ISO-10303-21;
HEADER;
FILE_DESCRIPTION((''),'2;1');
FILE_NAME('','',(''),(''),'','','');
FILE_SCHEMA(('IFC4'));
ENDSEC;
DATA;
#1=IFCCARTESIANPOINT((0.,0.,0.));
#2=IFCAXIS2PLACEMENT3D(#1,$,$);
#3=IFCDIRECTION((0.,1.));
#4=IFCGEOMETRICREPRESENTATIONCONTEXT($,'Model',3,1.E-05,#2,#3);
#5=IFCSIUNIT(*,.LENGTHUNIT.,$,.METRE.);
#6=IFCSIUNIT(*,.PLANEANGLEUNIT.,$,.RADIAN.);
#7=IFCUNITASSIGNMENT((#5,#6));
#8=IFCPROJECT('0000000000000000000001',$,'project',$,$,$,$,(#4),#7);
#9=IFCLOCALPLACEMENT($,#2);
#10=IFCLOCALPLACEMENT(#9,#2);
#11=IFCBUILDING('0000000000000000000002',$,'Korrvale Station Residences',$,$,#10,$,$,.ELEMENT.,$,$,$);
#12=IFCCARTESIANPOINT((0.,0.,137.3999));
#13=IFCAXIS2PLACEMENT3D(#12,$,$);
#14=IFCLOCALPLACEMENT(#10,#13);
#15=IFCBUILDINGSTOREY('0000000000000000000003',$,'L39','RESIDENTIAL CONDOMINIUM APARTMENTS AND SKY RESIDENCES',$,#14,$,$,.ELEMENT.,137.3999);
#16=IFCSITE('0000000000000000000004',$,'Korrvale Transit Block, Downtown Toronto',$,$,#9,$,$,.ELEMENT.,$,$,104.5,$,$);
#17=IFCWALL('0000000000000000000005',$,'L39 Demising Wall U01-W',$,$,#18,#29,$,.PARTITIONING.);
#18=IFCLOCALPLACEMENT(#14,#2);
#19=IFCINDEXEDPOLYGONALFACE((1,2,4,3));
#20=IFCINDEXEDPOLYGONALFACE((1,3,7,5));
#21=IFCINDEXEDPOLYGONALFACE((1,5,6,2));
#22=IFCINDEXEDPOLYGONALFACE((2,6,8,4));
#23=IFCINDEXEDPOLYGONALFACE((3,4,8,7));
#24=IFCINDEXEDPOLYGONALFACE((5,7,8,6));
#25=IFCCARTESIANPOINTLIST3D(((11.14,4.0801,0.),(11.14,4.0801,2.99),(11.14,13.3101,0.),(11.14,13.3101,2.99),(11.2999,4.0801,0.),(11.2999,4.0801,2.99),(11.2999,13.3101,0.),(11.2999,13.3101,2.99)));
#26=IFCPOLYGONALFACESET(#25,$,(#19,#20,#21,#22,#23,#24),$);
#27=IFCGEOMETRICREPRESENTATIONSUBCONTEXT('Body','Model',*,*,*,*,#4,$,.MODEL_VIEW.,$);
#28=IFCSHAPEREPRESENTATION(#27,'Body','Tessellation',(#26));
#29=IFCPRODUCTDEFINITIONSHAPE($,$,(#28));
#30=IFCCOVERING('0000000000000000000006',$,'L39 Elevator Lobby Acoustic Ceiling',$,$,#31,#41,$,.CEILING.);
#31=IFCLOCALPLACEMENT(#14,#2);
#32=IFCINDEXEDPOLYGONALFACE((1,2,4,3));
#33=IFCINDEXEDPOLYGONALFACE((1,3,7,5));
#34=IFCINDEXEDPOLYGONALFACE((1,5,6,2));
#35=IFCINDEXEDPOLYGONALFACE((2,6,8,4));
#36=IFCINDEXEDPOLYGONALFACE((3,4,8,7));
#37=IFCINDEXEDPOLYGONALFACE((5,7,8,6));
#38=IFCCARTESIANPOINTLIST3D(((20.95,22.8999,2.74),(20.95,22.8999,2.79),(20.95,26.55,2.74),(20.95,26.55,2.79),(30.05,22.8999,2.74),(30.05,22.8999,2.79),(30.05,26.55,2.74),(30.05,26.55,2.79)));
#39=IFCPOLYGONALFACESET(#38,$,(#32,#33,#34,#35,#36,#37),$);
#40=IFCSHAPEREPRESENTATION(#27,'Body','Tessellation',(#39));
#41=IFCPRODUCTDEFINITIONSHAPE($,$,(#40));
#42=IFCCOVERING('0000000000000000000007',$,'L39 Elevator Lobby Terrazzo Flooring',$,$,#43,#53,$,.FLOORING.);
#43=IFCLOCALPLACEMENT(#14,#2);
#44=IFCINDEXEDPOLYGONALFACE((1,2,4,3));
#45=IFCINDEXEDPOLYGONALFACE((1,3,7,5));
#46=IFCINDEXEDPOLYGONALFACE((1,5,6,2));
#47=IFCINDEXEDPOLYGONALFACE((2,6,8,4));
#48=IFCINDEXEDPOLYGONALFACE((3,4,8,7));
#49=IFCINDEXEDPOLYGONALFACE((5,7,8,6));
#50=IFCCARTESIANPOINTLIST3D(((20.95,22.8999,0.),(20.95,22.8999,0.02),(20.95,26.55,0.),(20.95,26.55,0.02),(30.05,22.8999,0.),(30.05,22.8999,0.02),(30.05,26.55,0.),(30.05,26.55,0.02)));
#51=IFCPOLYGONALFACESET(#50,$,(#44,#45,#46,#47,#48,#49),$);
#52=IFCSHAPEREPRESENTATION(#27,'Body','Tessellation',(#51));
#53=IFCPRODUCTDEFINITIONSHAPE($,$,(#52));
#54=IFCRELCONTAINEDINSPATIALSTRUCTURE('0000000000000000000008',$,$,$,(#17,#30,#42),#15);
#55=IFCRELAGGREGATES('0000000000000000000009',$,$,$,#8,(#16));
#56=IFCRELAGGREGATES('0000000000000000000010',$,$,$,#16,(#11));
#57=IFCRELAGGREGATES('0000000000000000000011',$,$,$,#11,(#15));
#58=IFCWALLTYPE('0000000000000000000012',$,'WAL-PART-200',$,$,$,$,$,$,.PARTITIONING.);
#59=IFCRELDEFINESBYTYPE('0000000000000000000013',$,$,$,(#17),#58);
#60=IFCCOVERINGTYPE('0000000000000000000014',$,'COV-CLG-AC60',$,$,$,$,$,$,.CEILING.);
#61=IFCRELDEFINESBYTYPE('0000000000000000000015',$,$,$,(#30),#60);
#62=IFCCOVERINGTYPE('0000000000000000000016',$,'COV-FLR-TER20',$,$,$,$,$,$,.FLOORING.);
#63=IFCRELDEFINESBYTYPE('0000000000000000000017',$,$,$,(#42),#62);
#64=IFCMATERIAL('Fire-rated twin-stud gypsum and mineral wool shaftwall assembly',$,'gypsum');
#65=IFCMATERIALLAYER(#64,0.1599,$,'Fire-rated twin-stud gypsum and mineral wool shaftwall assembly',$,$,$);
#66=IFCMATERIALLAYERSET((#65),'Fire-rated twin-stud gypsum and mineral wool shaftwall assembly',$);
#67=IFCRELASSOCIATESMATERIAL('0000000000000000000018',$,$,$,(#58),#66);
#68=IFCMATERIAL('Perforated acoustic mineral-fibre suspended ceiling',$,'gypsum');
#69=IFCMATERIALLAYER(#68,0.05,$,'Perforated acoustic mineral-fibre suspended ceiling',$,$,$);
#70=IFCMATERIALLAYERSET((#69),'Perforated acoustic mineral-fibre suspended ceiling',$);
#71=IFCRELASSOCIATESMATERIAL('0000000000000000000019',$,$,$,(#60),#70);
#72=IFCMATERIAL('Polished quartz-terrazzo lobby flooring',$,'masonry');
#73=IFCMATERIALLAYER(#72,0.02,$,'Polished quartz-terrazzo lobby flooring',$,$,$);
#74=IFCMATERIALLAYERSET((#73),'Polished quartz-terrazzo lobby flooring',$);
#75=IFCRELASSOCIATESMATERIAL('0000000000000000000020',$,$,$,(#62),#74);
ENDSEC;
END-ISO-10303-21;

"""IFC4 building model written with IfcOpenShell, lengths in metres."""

from ifc_helpers import new_model, si_unit, direction, frame, frame_2d, origin, place, context, subcontext, project, spatial, polyline, rectangle, outline, extrude, material, layer, layer_set, type_object, element, save


model = new_model("IFC4")

# Units and contexts
model_context = context("Model", 3, precision=1e-05, world=origin(), true_north=direction((0.0, 1.0)))
body_context = subcontext(model_context, "Body", "Model", "MODEL_VIEW")
ifc_project = project(units=[si_unit("LENGTHUNIT", "METRE"), si_unit("PLANEANGLEUNIT", "RADIAN")], contexts=[model_context])

# Site, building, storey
site_placement = place(None, origin())
site = spatial("IfcSite", under=ifc_project, at=site_placement, Name="Korrvale Transit Block, Downtown Toronto", CompositionType="ELEMENT", RefElevation=104.5)
building_placement = place(site_placement, origin())
building = spatial("IfcBuilding", under=site, at=building_placement, Name="Korrvale Station Residences", CompositionType="ELEMENT")
storey_placement = place(building_placement, frame((0.0, 0.0, 137.3999)))
storey = spatial("IfcBuildingStorey", under=building, at=storey_placement, Name="L39", Description="RESIDENTIAL CONDOMINIUM APARTMENTS AND SKY RESIDENCES", CompositionType="ELEMENT", Elevation=137.3999)

# Wall
ifc_material_1 = material(Name="Fire-rated twin-stud gypsum and mineral wool shaftwall assembly", Category="gypsum")
ifc_layer_1 = layer(ifc_material_1, 0.1599, Name="Fire-rated twin-stud gypsum and mineral wool shaftwall assembly")
ifc_layer_set_1 = layer_set([ifc_layer_1], Name="Fire-rated twin-stud gypsum and mineral wool shaftwall assembly")
wall_type_1 = type_object("IfcWallType", Name="WAL-PART-200", PredefinedType="PARTITIONING", material=ifc_layer_set_1)
wall_1_placement = place(storey_placement, frame((11.22, 4.0801, 0.0), z_axis=(0.0, 0.0, 1.0), x_axis=(0.0, 1.0, 0.0)))
element("IfcWall", 1, at=wall_1_placement, inside=storey, type_object=wall_type_1, Name="L39 Demising Wall U01-W", PredefinedType="PARTITIONING", context=body_context, shape_type="SweptSolid", body=[
    extrude(rectangle(XDim=9.23, YDim=0.1599, at=frame_2d((4.615, 0.0))), origin(), (0.0, 0.0, 1.0), 2.99),
])

# Coverings
ifc_material_2 = material(Name="Perforated acoustic mineral-fibre suspended ceiling", Category="gypsum")
ifc_layer_2 = layer(ifc_material_2, 0.05, Name="Perforated acoustic mineral-fibre suspended ceiling")
ifc_layer_set_2 = layer_set([ifc_layer_2], Name="Perforated acoustic mineral-fibre suspended ceiling")
covering_type_1 = type_object("IfcCoveringType", Name="COV-CLG-AC60", PredefinedType="CEILING", material=ifc_layer_set_2)
covering_1_placement = place(storey_placement, frame((0.0, 0.0, 2.74)))
element("IfcCovering", 2, at=covering_1_placement, inside=storey, type_object=covering_type_1, Name="L39 Elevator Lobby Acoustic Ceiling", PredefinedType="CEILING", context=body_context, shape_type="SweptSolid", body=[
    extrude(outline(polyline([(20.95, 22.8999), (30.05, 22.8999), (30.05, 26.55), (20.95, 26.55), (20.95, 22.8999)])), origin(), (0.0, 0.0, 1.0), 0.05),
])
ifc_material_3 = material(Name="Polished quartz-terrazzo lobby flooring", Category="masonry")
ifc_layer_3 = layer(ifc_material_3, 0.02, Name="Polished quartz-terrazzo lobby flooring")
ifc_layer_set_3 = layer_set([ifc_layer_3], Name="Polished quartz-terrazzo lobby flooring")
covering_type_2 = type_object("IfcCoveringType", Name="COV-FLR-TER20", PredefinedType="FLOORING", material=ifc_layer_set_3)
covering_2_placement = place(storey_placement, origin())
element("IfcCovering", 3, at=covering_2_placement, inside=storey, type_object=covering_type_2, Name="L39 Elevator Lobby Terrazzo Flooring", PredefinedType="FLOORING", context=body_context, shape_type="SweptSolid", body=[
    extrude(outline(polyline([(20.95, 22.8999), (30.05, 22.8999), (30.05, 26.55), (20.95, 26.55), (20.95, 22.8999)])), origin(), (0.0, 0.0, 1.0), 0.02),
])

save(model, "model.ifc")
